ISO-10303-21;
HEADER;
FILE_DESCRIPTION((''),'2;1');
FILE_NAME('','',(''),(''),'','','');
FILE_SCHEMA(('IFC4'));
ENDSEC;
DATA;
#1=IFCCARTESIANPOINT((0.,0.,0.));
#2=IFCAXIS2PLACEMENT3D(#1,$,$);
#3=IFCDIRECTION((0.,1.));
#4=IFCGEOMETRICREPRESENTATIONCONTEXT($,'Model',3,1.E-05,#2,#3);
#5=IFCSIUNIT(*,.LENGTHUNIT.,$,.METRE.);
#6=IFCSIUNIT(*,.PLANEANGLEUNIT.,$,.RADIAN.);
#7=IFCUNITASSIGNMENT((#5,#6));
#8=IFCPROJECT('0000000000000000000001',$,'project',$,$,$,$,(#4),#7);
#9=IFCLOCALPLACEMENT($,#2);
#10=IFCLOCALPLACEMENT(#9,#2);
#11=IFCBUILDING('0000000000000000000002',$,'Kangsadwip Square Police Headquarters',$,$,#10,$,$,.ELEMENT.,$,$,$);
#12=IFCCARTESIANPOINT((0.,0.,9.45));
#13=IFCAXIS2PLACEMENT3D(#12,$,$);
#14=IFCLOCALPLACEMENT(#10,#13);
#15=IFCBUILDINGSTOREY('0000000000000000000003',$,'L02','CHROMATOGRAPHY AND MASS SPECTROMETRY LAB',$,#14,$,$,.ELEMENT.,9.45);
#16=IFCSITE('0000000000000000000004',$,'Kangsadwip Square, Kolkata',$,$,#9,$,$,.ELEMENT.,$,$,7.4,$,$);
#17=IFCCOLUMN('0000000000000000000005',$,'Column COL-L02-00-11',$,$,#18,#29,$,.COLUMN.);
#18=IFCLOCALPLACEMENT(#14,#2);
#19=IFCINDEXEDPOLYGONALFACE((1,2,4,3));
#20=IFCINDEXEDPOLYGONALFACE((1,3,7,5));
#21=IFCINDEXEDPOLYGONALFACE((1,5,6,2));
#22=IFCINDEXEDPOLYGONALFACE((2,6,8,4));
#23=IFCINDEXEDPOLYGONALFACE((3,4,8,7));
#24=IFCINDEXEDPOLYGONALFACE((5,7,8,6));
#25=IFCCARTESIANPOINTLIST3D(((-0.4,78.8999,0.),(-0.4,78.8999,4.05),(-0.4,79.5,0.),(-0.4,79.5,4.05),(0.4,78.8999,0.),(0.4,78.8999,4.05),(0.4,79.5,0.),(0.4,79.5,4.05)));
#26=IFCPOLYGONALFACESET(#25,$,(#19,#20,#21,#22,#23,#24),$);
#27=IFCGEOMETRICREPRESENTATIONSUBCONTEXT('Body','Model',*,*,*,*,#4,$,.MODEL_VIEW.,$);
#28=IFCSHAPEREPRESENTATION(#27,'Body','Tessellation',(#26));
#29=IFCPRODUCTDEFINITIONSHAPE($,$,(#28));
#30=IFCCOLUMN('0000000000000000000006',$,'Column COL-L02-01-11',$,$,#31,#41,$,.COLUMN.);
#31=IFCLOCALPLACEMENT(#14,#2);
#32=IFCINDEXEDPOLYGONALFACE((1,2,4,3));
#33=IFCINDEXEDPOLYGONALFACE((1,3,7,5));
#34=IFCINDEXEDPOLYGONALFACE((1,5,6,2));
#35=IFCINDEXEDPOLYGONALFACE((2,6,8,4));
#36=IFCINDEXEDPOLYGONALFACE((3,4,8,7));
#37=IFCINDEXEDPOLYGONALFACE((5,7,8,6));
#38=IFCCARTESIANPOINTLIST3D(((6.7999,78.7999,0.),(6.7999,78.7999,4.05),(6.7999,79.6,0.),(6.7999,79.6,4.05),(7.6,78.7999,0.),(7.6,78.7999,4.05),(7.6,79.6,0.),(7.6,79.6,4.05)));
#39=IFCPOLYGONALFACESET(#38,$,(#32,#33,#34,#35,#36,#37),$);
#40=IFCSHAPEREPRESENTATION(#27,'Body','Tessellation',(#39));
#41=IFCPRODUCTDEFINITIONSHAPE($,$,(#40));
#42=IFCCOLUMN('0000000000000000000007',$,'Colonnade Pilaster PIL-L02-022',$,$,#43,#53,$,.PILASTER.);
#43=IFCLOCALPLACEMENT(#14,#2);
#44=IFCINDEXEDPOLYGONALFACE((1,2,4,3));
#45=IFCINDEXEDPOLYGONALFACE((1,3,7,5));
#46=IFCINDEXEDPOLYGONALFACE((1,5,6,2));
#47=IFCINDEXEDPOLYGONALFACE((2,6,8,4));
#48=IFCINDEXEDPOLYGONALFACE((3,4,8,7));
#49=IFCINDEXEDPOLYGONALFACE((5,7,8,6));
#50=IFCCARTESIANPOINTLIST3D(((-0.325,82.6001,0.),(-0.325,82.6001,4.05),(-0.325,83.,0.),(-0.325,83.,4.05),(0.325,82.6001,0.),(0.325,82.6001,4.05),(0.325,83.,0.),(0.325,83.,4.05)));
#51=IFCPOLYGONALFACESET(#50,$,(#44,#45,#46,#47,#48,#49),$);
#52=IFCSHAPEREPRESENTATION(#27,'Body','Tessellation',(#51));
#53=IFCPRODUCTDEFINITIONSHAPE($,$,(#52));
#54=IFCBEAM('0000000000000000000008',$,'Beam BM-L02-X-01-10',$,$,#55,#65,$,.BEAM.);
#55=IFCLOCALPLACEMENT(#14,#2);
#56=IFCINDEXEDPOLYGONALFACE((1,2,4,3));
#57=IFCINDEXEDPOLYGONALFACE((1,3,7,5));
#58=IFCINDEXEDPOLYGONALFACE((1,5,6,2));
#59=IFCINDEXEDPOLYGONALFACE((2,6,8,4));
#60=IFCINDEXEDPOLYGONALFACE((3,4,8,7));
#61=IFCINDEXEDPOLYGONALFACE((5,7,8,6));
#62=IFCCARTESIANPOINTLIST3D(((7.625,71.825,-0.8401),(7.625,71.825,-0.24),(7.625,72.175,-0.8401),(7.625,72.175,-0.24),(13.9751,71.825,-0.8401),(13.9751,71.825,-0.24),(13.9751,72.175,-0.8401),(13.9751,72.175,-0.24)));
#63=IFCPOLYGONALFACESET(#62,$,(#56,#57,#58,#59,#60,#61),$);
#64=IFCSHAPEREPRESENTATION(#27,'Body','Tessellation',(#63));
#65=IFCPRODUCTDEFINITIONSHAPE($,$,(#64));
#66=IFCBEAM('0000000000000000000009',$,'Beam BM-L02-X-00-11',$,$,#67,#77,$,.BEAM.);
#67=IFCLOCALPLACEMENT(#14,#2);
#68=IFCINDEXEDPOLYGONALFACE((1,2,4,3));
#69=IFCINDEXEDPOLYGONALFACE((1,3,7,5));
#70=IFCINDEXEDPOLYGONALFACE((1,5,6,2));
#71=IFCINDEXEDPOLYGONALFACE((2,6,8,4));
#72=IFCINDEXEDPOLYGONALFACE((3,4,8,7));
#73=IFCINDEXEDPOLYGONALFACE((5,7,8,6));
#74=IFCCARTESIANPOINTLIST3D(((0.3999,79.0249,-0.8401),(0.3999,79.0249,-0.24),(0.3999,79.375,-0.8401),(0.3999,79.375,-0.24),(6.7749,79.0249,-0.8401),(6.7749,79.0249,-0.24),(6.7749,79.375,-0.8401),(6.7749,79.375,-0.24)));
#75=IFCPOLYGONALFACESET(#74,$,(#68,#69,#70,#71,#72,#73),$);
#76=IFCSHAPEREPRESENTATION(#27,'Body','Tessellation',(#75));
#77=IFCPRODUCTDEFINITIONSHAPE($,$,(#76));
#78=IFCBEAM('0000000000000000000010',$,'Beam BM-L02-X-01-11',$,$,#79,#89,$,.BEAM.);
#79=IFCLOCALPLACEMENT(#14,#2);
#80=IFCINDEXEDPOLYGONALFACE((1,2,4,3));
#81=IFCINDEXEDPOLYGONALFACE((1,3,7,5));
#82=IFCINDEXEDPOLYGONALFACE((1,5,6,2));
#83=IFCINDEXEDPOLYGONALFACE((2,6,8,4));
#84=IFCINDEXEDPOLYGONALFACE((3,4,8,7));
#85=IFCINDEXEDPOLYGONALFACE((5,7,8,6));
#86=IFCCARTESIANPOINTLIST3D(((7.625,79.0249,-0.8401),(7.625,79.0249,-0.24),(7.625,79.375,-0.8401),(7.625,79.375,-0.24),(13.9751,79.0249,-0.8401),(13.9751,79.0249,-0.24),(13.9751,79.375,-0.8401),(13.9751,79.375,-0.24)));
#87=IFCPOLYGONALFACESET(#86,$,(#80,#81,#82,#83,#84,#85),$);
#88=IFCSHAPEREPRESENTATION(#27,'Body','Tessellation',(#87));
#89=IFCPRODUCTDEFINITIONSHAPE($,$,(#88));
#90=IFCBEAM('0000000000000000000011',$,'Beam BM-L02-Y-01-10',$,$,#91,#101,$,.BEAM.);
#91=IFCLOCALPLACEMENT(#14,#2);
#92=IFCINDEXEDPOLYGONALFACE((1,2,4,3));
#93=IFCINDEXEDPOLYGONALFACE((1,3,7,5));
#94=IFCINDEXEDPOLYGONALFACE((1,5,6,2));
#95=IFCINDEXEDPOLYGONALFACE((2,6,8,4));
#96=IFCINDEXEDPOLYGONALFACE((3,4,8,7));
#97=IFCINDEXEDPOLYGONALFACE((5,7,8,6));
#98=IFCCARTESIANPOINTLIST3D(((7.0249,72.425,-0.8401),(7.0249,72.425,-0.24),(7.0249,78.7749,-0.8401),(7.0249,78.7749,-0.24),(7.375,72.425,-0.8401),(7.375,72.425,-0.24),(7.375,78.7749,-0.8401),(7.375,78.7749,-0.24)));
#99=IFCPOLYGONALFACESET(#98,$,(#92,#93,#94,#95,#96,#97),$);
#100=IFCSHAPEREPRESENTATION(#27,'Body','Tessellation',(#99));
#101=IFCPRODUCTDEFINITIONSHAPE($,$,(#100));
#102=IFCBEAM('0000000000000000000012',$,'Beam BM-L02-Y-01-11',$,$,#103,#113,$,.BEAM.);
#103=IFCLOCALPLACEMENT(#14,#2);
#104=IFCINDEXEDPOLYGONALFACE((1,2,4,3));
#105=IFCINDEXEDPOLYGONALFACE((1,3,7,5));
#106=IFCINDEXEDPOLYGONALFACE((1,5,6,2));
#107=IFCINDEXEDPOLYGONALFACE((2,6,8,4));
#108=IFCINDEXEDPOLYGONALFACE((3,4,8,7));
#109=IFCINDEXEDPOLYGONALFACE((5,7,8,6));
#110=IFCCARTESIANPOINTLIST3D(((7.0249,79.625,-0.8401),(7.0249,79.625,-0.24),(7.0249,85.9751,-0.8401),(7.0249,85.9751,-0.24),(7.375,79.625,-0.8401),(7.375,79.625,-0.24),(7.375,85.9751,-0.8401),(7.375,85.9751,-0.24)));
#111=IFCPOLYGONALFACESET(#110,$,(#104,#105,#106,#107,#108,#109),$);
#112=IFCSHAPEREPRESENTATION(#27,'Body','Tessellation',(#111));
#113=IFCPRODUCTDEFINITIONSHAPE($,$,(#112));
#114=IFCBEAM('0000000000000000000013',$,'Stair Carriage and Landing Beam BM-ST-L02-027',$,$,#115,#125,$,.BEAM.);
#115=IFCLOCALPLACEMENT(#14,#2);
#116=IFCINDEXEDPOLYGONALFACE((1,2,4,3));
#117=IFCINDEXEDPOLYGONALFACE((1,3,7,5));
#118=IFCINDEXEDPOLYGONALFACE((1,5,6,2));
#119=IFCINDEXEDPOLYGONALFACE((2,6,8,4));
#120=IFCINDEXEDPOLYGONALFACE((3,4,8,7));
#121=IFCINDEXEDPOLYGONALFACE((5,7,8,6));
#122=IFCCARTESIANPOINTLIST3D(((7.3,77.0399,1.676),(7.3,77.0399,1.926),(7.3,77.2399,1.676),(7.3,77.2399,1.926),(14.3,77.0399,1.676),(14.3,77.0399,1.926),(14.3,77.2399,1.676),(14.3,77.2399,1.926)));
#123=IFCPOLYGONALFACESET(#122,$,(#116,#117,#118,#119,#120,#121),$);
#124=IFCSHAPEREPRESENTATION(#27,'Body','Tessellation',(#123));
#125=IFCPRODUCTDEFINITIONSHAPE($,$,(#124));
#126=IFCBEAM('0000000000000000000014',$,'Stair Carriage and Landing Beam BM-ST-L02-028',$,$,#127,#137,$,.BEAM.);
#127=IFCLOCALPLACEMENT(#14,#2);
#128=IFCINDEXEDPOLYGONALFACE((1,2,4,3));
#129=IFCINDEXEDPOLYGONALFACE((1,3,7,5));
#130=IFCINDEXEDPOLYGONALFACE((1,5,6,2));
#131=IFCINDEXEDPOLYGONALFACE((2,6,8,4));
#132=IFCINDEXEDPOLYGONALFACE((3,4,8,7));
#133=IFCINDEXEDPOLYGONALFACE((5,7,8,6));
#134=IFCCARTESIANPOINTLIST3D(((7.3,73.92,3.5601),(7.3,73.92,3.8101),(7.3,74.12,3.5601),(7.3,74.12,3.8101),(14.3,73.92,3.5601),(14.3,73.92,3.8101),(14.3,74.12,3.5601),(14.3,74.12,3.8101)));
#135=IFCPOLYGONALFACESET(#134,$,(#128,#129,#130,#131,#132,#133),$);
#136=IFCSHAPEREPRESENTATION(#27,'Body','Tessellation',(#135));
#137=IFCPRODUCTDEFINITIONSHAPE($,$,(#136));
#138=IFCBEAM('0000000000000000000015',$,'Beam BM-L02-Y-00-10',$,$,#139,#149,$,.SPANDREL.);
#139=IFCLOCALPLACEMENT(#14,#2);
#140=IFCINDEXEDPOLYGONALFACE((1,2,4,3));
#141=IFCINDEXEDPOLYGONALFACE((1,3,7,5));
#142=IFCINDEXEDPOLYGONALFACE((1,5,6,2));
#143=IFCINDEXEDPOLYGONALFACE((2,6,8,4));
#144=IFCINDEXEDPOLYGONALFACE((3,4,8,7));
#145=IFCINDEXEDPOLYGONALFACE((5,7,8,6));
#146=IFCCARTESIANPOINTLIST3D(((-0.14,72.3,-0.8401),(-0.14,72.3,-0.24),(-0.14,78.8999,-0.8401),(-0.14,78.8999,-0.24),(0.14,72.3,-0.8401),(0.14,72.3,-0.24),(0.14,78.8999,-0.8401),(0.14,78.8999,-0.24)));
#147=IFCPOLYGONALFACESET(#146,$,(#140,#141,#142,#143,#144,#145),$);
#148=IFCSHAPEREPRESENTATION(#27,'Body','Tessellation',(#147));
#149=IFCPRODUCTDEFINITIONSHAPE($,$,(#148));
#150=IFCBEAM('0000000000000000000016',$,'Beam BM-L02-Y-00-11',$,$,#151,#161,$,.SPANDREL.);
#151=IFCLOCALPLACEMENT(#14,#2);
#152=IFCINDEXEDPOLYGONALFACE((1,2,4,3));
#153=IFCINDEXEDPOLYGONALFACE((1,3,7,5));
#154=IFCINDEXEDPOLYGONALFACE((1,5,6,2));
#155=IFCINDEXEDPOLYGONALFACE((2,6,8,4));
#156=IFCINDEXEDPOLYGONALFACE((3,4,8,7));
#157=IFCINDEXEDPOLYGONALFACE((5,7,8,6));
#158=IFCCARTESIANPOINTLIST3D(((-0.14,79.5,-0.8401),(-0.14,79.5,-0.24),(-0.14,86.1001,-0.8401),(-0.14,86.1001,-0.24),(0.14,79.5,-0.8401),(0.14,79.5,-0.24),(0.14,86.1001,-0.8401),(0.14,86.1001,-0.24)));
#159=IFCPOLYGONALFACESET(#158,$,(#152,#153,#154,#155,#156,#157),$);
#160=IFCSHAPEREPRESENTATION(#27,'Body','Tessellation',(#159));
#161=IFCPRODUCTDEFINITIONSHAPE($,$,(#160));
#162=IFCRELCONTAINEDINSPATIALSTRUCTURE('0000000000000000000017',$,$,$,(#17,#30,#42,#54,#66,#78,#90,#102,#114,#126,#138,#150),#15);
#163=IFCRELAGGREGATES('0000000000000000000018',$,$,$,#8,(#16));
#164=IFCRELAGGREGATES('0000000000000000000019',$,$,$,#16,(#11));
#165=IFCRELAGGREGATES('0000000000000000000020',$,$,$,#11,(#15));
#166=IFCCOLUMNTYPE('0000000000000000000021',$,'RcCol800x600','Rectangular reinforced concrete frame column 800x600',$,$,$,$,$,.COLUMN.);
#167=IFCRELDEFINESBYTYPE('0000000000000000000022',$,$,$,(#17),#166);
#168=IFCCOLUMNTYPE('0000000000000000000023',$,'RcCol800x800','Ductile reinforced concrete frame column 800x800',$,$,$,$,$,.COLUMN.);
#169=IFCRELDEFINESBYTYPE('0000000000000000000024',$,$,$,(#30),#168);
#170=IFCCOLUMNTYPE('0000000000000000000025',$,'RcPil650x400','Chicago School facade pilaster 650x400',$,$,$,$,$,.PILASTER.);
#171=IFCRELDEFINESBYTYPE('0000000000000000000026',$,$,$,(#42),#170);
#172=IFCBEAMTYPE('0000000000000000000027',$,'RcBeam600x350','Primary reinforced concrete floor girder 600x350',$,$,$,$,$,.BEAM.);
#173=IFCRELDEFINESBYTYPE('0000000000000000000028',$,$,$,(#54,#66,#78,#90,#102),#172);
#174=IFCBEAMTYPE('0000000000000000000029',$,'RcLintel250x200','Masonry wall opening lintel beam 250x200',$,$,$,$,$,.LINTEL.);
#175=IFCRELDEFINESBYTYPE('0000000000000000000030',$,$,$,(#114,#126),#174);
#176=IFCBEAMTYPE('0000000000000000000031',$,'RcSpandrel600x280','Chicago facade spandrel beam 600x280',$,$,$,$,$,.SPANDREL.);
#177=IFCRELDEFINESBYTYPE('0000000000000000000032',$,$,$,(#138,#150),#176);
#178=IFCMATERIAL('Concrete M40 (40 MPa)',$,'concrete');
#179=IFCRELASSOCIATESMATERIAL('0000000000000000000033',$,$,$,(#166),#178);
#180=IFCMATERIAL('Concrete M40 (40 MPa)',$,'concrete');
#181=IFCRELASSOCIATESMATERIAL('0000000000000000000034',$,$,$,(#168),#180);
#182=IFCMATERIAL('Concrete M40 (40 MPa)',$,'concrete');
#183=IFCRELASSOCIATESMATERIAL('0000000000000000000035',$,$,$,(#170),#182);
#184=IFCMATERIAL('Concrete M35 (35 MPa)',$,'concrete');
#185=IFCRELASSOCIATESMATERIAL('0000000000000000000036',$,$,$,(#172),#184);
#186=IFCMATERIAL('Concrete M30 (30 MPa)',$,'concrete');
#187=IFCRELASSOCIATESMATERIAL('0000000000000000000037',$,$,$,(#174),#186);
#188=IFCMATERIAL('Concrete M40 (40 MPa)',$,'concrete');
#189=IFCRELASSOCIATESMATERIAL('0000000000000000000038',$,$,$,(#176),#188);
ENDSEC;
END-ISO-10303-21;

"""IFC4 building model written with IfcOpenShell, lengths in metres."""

from ifc_helpers import new_model, si_unit, direction, frame, origin, origin_2d, place, context, subcontext, project, spatial, rectangle, extrude, material, material_profile, profile_set, type_object, element, save


model = new_model("IFC4")

# Units and contexts
model_context = context("Model", 3, precision=1e-05, world=origin(), true_north=direction((0.0, 1.0)))
body_context = subcontext(model_context, "Body", "Model", "MODEL_VIEW")
ifc_project = project(units=[si_unit("LENGTHUNIT", "METRE"), si_unit("PLANEANGLEUNIT", "RADIAN")], contexts=[model_context])

# Site, building, storey
site_placement = place(None, origin())
site = spatial("IfcSite", under=ifc_project, at=site_placement, Name="Kangsadwip Square, Kolkata", CompositionType="ELEMENT", RefElevation=7.4)
building_placement = place(site_placement, origin())
building = spatial("IfcBuilding", under=site, at=building_placement, Name="Kangsadwip Square Police Headquarters", CompositionType="ELEMENT")
storey_placement = place(building_placement, frame((0.0, 0.0, 9.45)))
storey = spatial("IfcBuildingStorey", under=building, at=storey_placement, Name="L02", Description="CHROMATOGRAPHY AND MASS SPECTROMETRY LAB", CompositionType="ELEMENT", Elevation=9.45)

# Columns
ifc_material_1 = material(Name="Concrete M40 (40 MPa)", Category="concrete")
ifc_material_profile_1 = material_profile(ifc_material_1, rectangle(XDim=0.6001, YDim=0.8, at=origin_2d()), Name="RC COL 800X600")
ifc_profile_set_1 = profile_set([ifc_material_profile_1], Name="Concrete M40 (40 MPa)")
column_type_1 = type_object("IfcColumnType", Name="RcCol800x600", Description="Rectangular reinforced concrete frame column 800x600", PredefinedType="COLUMN", material=ifc_profile_set_1)
column_1_placement = place(storey_placement, frame((0.0, 79.2, 0.0), z_axis=(0.0, 0.0, 1.0), x_axis=(0.0, 1.0, 0.0)))
element("IfcColumn", 1, at=column_1_placement, inside=storey, type_object=column_type_1, Name="Column COL-L02-00-11", PredefinedType="COLUMN", context=body_context, shape_type="SweptSolid", body=[
    extrude(rectangle(XDim=0.6001, YDim=0.8, at=origin_2d()), origin(), (0.0, 0.0, 1.0), 4.05),
])
ifc_material_2 = material(Name="Concrete M40 (40 MPa)", Category="concrete")
ifc_material_profile_2 = material_profile(ifc_material_2, rectangle(XDim=0.8, YDim=0.8, at=origin_2d()), Name="RC COL 800X800")
ifc_profile_set_2 = profile_set([ifc_material_profile_2], Name="Concrete M40 (40 MPa)")
column_type_2 = type_object("IfcColumnType", Name="RcCol800x800", Description="Ductile reinforced concrete frame column 800x800", PredefinedType="COLUMN", material=ifc_profile_set_2)
column_2_placement = place(storey_placement, frame((7.2, 79.2, 0.0), z_axis=(0.0, 0.0, 1.0), x_axis=(1.0, 0.0, 0.0)))
element("IfcColumn", 2, at=column_2_placement, inside=storey, type_object=column_type_2, Name="Column COL-L02-01-11", PredefinedType="COLUMN", context=body_context, shape_type="SweptSolid", body=[
    extrude(rectangle(XDim=0.8, YDim=0.8, at=origin_2d()), origin(), (0.0, 0.0, 1.0), 4.05),
])
ifc_material_3 = material(Name="Concrete M40 (40 MPa)", Category="concrete")
ifc_material_profile_3 = material_profile(ifc_material_3, rectangle(XDim=0.3999, YDim=0.6499, at=origin_2d()), Name="RC PIL 650X400")
ifc_profile_set_3 = profile_set([ifc_material_profile_3], Name="Concrete M40 (40 MPa)")
column_type_3 = type_object("IfcColumnType", Name="RcPil650x400", Description="Chicago School facade pilaster 650x400", PredefinedType="PILASTER", material=ifc_profile_set_3)
column_3_placement = place(storey_placement, frame((0.0, 82.8, 0.0), z_axis=(0.0, 0.0, 1.0), x_axis=(0.0, 1.0, 0.0)))
element("IfcColumn", 3, at=column_3_placement, inside=storey, type_object=column_type_3, Name="Colonnade Pilaster PIL-L02-022", PredefinedType="PILASTER", context=body_context, shape_type="SweptSolid", body=[
    extrude(rectangle(XDim=0.3999, YDim=0.6499, at=origin_2d()), origin(), (0.0, 0.0, 1.0), 4.05),
])

# Beams
ifc_material_4 = material(Name="Concrete M35 (35 MPa)", Category="concrete")
ifc_material_profile_4 = material_profile(ifc_material_4, rectangle(XDim=0.3501, YDim=0.6001, at=origin_2d()), Name="RC BM 600X350")
ifc_profile_set_4 = profile_set([ifc_material_profile_4], Name="Concrete M35 (35 MPa)")
beam_type_1 = type_object("IfcBeamType", Name="RcBeam600x350", Description="Primary reinforced concrete floor girder 600x350", PredefinedType="BEAM", material=ifc_profile_set_4)
beam_1_placement = place(storey_placement, frame((7.625, 72.0, -0.54), z_axis=(1.0, 0.0, 0.0), x_axis=(0.0, 1.0, 0.0)))
element("IfcBeam", 4, at=beam_1_placement, inside=storey, type_object=beam_type_1, Name="Beam BM-L02-X-01-10", PredefinedType="BEAM", context=body_context, shape_type="SweptSolid", body=[
    extrude(rectangle(XDim=0.3501, YDim=0.6001, at=origin_2d()), origin(), (0.0, 0.0, 1.0), 6.3501),
])
beam_2_placement = place(storey_placement, frame((0.3999, 79.2, -0.54), z_axis=(1.0, 0.0, 0.0), x_axis=(0.0, 1.0, 0.0)))
element("IfcBeam", 5, at=beam_2_placement, inside=storey, type_object=beam_type_1, Name="Beam BM-L02-X-00-11", PredefinedType="BEAM", context=body_context, shape_type="SweptSolid", body=[
    extrude(rectangle(XDim=0.3501, YDim=0.6001, at=origin_2d()), origin(), (0.0, 0.0, 1.0), 6.375),
])
beam_3_placement = place(storey_placement, frame((7.625, 79.2, -0.54), z_axis=(1.0, 0.0, 0.0), x_axis=(0.0, 1.0, 0.0)))
element("IfcBeam", 6, at=beam_3_placement, inside=storey, type_object=beam_type_1, Name="Beam BM-L02-X-01-11", PredefinedType="BEAM", context=body_context, shape_type="SweptSolid", body=[
    extrude(rectangle(XDim=0.3501, YDim=0.6001, at=origin_2d()), origin(), (0.0, 0.0, 1.0), 6.3501),
])
beam_4_placement = place(storey_placement, frame((7.2, 72.425, -0.54), z_axis=(0.0, 1.0, 0.0), x_axis=(-1.0, 0.0, 0.0)))
element("IfcBeam", 7, at=beam_4_placement, inside=storey, type_object=beam_type_1, Name="Beam BM-L02-Y-01-10", PredefinedType="BEAM", context=body_context, shape_type="SweptSolid", body=[
    extrude(rectangle(XDim=0.3501, YDim=0.6001, at=origin_2d()), origin(), (0.0, 0.0, 1.0), 6.3499),
])
beam_5_placement = place(storey_placement, frame((7.2, 79.625, -0.54), z_axis=(0.0, 1.0, 0.0), x_axis=(-1.0, 0.0, 0.0)))
element("IfcBeam", 8, at=beam_5_placement, inside=storey, type_object=beam_type_1, Name="Beam BM-L02-Y-01-11", PredefinedType="BEAM", context=body_context, shape_type="SweptSolid", body=[
    extrude(rectangle(XDim=0.3501, YDim=0.6001, at=origin_2d()), origin(), (0.0, 0.0, 1.0), 6.3501),
])
ifc_material_5 = material(Name="Concrete M30 (30 MPa)", Category="concrete")
ifc_material_profile_5 = material_profile(ifc_material_5, rectangle(XDim=0.2, YDim=0.25, at=origin_2d()), Name="RC LNT 250X200")
ifc_profile_set_5 = profile_set([ifc_material_profile_5], Name="Concrete M30 (30 MPa)")
beam_type_2 = type_object("IfcBeamType", Name="RcLintel250x200", Description="Masonry wall opening lintel beam 250x200", PredefinedType="LINTEL", material=ifc_profile_set_5)
for number, where, z_axis, x_axis, name in (
    (9, (7.3, 77.1399, 1.801), (1.0, 0.0, 0.0), (0.0, 1.0, 0.0), "Stair Carriage and Landing Beam BM-ST-L02-027"),
    (10, (7.3, 74.02, 3.6851), (1.0, 0.0, 0.0), (0.0, 1.0, 0.0), "Stair Carriage and Landing Beam BM-ST-L02-028"),
):
    element("IfcBeam", number, at=place(storey_placement, frame(where, z_axis=z_axis, x_axis=x_axis)), inside=storey, type_object=beam_type_2, Name=name, PredefinedType="BEAM", context=body_context, shape_type="SweptSolid", body=[
        extrude(rectangle(XDim=0.2, YDim=0.25, at=origin_2d()), origin(), (0.0, 0.0, 1.0), 7.0),
    ])
ifc_material_6 = material(Name="Concrete M40 (40 MPa)", Category="concrete")
ifc_material_profile_6 = material_profile(ifc_material_6, rectangle(XDim=0.28, YDim=0.6001, at=origin_2d()), Name="RC SPN 600X280")
ifc_profile_set_6 = profile_set([ifc_material_profile_6], Name="Concrete M40 (40 MPa)")
beam_type_3 = type_object("IfcBeamType", Name="RcSpandrel600x280", Description="Chicago facade spandrel beam 600x280", PredefinedType="SPANDREL", material=ifc_profile_set_6)
beam_6_placement = place(storey_placement, frame((0.0, 72.3, -0.54), z_axis=(0.0, 1.0, 0.0), x_axis=(-1.0, 0.0, 0.0)))
element("IfcBeam", 11, at=beam_6_placement, inside=storey, type_object=beam_type_3, Name="Beam BM-L02-Y-00-10", PredefinedType="SPANDREL", context=body_context, shape_type="SweptSolid", body=[
    extrude(rectangle(XDim=0.28, YDim=0.6001, at=origin_2d()), origin(), (0.0, 0.0, 1.0), 6.5999),
])
beam_7_placement = place(storey_placement, frame((0.0, 79.5, -0.54), z_axis=(0.0, 1.0, 0.0), x_axis=(-1.0, 0.0, 0.0)))
element("IfcBeam", 12, at=beam_7_placement, inside=storey, type_object=beam_type_3, Name="Beam BM-L02-Y-00-11", PredefinedType="SPANDREL", context=body_context, shape_type="SweptSolid", body=[
    extrude(rectangle(XDim=0.28, YDim=0.6001, at=origin_2d()), origin(), (0.0, 0.0, 1.0), 6.6001),
])

save(model, "model.ifc")
